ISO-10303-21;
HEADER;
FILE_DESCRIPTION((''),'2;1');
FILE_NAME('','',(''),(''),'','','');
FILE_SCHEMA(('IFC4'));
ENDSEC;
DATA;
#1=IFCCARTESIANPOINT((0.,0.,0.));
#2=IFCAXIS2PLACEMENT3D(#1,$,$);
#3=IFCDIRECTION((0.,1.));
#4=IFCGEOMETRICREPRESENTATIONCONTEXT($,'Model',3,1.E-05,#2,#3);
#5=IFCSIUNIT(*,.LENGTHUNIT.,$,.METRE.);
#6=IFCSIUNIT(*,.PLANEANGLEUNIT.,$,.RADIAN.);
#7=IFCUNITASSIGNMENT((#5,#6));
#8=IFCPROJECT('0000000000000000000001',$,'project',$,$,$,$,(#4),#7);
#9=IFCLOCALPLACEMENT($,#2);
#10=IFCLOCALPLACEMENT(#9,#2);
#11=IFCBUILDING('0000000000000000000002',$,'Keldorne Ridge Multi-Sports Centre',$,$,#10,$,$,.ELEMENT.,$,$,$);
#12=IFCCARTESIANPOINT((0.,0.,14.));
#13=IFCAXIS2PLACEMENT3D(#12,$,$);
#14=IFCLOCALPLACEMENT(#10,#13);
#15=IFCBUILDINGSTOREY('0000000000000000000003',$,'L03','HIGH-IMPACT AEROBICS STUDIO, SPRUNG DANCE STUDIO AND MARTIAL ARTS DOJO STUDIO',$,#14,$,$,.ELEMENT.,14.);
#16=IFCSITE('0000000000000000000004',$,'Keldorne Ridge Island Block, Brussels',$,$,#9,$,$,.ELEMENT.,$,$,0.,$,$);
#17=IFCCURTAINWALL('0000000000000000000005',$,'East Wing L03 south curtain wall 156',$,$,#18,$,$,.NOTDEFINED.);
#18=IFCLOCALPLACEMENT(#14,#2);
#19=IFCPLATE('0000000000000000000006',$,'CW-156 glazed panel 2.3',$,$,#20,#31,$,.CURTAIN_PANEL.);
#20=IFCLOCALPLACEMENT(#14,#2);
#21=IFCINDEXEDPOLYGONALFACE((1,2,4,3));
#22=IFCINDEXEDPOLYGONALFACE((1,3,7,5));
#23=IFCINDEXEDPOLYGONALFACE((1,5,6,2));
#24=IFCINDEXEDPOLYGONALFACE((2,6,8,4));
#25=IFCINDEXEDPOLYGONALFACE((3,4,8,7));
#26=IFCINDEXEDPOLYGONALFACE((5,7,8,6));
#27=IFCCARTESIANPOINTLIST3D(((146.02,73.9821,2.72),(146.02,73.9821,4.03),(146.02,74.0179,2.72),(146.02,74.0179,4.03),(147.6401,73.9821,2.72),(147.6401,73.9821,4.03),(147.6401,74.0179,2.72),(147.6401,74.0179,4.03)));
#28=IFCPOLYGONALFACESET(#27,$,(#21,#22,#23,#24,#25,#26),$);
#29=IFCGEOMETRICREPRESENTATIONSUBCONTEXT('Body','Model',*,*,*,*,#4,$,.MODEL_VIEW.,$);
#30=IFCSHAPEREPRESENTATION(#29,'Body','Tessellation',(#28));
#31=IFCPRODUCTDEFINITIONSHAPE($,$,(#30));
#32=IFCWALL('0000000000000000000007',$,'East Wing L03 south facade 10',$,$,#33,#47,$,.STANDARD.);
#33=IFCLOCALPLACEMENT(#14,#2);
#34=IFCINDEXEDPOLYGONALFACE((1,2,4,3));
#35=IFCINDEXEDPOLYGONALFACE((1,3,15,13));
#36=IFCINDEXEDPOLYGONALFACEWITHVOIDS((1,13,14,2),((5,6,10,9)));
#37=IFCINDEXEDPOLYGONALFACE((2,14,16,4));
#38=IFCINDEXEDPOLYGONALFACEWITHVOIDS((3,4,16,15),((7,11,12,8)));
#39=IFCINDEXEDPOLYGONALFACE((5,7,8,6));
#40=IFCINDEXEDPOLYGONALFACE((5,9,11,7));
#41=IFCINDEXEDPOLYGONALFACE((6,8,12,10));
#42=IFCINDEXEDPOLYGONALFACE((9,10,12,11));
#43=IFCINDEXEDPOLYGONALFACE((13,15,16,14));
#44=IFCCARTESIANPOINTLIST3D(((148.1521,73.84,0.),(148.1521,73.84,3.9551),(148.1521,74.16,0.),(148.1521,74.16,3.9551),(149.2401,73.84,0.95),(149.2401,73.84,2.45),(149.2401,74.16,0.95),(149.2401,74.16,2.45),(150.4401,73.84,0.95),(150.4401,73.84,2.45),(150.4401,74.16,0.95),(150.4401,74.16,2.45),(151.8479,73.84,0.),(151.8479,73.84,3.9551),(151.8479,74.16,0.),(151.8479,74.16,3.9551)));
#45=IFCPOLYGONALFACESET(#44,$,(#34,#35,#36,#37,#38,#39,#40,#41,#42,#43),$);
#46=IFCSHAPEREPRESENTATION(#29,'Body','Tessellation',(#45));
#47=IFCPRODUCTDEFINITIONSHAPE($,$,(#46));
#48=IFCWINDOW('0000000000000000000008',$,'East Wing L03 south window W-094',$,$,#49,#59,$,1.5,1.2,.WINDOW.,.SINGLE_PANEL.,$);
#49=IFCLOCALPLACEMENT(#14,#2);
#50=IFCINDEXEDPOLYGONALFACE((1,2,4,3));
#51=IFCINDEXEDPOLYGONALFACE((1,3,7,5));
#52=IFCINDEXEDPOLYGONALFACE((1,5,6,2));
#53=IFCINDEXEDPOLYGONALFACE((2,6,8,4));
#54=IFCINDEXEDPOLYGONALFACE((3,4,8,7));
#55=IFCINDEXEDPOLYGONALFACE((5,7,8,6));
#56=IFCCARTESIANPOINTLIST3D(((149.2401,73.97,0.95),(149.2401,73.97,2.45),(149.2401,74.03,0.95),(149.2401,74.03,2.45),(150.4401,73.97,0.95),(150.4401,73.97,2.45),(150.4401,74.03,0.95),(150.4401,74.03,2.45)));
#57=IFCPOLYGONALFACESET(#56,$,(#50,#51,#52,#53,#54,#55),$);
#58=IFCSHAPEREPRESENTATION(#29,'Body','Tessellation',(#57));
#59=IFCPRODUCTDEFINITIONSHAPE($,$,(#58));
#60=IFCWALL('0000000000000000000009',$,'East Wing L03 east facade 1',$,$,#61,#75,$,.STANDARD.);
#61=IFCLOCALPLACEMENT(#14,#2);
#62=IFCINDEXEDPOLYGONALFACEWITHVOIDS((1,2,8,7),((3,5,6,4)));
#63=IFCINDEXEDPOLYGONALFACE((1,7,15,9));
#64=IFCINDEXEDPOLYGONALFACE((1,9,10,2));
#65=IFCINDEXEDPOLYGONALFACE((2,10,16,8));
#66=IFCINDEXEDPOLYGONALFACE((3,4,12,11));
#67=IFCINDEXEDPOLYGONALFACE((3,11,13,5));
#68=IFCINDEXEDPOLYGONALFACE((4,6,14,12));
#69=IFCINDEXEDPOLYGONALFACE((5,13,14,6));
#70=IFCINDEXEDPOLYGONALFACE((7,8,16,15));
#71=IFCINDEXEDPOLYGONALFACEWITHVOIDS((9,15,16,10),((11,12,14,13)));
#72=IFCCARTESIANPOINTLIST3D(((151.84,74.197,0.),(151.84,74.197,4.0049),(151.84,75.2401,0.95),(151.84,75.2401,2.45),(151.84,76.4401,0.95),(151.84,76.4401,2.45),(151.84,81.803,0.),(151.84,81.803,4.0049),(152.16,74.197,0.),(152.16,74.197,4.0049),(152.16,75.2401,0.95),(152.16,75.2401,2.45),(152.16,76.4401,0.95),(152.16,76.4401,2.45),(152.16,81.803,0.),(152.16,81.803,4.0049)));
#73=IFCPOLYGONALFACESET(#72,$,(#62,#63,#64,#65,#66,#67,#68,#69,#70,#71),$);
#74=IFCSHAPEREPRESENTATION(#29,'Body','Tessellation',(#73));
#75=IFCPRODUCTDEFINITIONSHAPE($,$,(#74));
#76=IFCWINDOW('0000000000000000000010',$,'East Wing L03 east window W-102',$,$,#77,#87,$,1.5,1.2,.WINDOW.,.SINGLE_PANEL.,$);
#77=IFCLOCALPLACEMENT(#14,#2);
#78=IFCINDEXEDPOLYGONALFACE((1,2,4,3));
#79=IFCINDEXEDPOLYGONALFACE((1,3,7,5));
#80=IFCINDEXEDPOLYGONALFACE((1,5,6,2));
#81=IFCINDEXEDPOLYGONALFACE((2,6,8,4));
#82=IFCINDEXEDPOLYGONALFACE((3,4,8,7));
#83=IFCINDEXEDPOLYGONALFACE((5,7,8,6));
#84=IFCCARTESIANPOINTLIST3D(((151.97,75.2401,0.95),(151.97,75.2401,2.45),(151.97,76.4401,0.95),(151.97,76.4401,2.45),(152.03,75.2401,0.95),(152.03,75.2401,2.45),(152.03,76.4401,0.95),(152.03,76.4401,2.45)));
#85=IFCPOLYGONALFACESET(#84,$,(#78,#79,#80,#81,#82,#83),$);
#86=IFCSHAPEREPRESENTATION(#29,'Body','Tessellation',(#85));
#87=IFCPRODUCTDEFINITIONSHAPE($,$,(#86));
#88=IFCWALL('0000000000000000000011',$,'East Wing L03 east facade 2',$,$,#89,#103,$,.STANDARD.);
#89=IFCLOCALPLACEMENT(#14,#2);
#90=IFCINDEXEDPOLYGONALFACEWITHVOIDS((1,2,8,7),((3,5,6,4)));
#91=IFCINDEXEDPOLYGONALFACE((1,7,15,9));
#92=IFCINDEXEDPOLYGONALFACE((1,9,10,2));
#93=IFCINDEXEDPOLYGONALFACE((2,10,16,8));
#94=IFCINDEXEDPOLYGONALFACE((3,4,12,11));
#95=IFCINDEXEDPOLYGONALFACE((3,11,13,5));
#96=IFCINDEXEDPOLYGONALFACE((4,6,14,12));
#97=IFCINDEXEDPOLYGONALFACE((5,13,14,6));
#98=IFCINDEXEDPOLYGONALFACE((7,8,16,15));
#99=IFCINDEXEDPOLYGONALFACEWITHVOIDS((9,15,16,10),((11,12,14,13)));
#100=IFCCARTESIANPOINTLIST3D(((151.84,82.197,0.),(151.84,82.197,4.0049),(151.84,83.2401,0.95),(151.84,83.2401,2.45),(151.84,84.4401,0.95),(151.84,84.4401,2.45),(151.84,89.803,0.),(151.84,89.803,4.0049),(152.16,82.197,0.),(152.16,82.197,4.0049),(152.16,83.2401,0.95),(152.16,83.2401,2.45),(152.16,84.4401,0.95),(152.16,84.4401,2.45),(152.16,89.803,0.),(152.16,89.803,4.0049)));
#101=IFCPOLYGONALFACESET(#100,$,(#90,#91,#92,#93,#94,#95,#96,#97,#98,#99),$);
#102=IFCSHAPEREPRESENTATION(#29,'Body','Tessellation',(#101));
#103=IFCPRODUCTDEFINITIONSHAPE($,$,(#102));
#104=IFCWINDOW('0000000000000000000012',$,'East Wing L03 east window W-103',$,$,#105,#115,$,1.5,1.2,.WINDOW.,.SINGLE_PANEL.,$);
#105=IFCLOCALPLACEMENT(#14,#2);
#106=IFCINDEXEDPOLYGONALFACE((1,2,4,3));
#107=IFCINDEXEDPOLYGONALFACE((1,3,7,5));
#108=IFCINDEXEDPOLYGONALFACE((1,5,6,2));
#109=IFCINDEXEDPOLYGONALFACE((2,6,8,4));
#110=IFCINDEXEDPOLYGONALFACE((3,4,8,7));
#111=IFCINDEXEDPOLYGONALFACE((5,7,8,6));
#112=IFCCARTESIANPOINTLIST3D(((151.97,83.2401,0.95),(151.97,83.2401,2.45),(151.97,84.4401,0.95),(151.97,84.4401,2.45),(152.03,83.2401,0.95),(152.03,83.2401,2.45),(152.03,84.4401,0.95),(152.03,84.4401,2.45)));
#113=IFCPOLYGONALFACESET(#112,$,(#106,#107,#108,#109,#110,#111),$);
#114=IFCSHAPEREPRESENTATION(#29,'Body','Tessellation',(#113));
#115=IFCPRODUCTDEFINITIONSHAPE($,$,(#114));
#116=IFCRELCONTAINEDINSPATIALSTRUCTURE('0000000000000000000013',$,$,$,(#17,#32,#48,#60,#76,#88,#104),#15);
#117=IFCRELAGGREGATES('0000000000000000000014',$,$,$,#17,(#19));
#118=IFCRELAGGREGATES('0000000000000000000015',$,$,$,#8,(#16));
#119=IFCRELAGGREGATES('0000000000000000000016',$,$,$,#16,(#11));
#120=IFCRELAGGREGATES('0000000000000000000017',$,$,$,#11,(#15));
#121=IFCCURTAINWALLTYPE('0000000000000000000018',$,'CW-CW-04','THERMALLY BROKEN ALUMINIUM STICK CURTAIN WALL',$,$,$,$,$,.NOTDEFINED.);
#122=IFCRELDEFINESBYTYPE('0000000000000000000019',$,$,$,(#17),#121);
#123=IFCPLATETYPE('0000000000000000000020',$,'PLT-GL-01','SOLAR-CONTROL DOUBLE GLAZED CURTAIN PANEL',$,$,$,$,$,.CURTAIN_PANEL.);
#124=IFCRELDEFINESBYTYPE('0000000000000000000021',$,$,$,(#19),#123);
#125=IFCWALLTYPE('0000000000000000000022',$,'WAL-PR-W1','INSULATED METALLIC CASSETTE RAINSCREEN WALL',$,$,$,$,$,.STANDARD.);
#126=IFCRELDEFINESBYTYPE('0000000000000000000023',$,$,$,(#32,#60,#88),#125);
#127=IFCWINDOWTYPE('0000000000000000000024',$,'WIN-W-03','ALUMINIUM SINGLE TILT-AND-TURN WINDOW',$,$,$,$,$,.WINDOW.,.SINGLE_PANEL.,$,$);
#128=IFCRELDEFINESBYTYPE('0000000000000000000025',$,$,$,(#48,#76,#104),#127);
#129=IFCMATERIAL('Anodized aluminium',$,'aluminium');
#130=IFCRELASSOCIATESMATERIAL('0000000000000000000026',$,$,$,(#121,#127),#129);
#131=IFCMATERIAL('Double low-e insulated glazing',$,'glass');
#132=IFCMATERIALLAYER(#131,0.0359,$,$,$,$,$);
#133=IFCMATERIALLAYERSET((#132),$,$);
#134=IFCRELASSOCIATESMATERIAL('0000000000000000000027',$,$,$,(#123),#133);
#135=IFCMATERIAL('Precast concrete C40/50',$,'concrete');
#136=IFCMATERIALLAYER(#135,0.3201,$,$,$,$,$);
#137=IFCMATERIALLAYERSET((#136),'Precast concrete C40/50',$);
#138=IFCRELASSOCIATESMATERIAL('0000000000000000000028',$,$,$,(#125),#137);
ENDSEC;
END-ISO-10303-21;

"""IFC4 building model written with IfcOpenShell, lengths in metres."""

from ifc_helpers import new_model, si_unit, direction, frame, frame_2d, origin, origin_2d, place, context, subcontext, project, spatial, rectangle, extrude, material, layer, layer_set, type_object, element, fill, aggregate, save


model = new_model("IFC4")

# Units and contexts
model_context = context("Model", 3, precision=1e-05, world=origin(), true_north=direction((0.0, 1.0)))
body_context = subcontext(model_context, "Body", "Model", "MODEL_VIEW")
ifc_project = project(units=[si_unit("LENGTHUNIT", "METRE"), si_unit("PLANEANGLEUNIT", "RADIAN")], contexts=[model_context])

# Site, building, storey
site_placement = place(None, origin())
site = spatial("IfcSite", under=ifc_project, at=site_placement, Name="Keldorne Ridge Island Block, Brussels", CompositionType="ELEMENT", RefElevation=0.0)
building_placement = place(site_placement, origin())
building = spatial("IfcBuilding", under=site, at=building_placement, Name="Keldorne Ridge Multi-Sports Centre", CompositionType="ELEMENT")
storey_placement = place(building_placement, frame((0.0, 0.0, 14.0)))
storey = spatial("IfcBuildingStorey", under=building, at=storey_placement, Name="L03", Description="HIGH-IMPACT AEROBICS STUDIO, SPRUNG DANCE STUDIO AND MARTIAL ARTS DOJO STUDIO", CompositionType="ELEMENT", Elevation=14.0)

# Curtain wall, plate
ifc_material_1 = material(Name="Anodized aluminium", Category="aluminium")
curtain_wall_type = type_object("IfcCurtainWallType", Name="CW-CW-04", Description="THERMALLY BROKEN ALUMINIUM STICK CURTAIN WALL", PredefinedType="NOTDEFINED", material=ifc_material_1)
curtain_wall_placement = place(storey_placement, origin())
curtain_wall = element("IfcCurtainWall", 1, at=curtain_wall_placement, inside=storey, type_object=curtain_wall_type, Name="East Wing L03 south curtain wall 156", PredefinedType="NOTDEFINED")
ifc_material_2 = material(Name="Double low-e insulated glazing", Category="glass")
ifc_layer_1 = layer(ifc_material_2, 0.0359)
ifc_layer_set_1 = layer_set([ifc_layer_1])
plate_type = type_object("IfcPlateType", Name="PLT-GL-01", Description="SOLAR-CONTROL DOUBLE GLAZED CURTAIN PANEL", PredefinedType="CURTAIN_PANEL", material=ifc_layer_set_1)
plate_1_placement = place(storey_placement, frame((146.8301, 74.0, 2.72), z_axis=(0.0, 0.0, 1.0), x_axis=(1.0, 0.0, 0.0)))
plate_1 = element("IfcPlate", 2, at=plate_1_placement, type_object=plate_type, Name="CW-156 glazed panel 2.3", PredefinedType="CURTAIN_PANEL", context=body_context, shape_type="SweptSolid", body=[
    extrude(rectangle(XDim=1.6201, YDim=0.0359, at=origin_2d()), origin(), (0.0, 0.0, 1.0), 1.3101),
])
aggregate(curtain_wall, [plate_1])

# Walls, openings, windows
ifc_material_3 = material(Name="Precast concrete C40/50", Category="concrete")
ifc_layer_2 = layer(ifc_material_3, 0.3201)
ifc_layer_set_2 = layer_set([ifc_layer_2], Name="Precast concrete C40/50")
wall_type = type_object("IfcWallType", Name="WAL-PR-W1", Description="INSULATED METALLIC CASSETTE RAINSCREEN WALL", PredefinedType="STANDARD", material=ifc_layer_set_2)
wall_1_placement = place(storey_placement, frame((148.1521, 74.0, 0.0), z_axis=(0.0, 0.0, 1.0), x_axis=(1.0, 0.0, 0.0)))
wall_1 = element("IfcWall", 3, at=wall_1_placement, inside=storey, type_object=wall_type, Name="East Wing L03 south facade 10", PredefinedType="STANDARD", context=body_context, shape_type="SweptSolid", body=[
    extrude(rectangle(XDim=3.6958, YDim=0.3201, at=frame_2d((1.8479, 0.0))), origin(), (0.0, 0.0, 1.0), 3.9551),
])
opening_1_placement = place(wall_1_placement, frame((1.0879, 0.0, 0.95)))
opening_1 = element("IfcOpeningElement", 4, at=opening_1_placement, cuts=wall_1, PredefinedType="OPENING", context=body_context, shape_type="SweptSolid", body=[
    extrude(rectangle(XDim=1.2, YDim=1.5, at=frame_2d((0.6001, 0.75))), frame((0.0, 0.1699, 0.0), z_axis=(0.0, -1.0, 0.0), x_axis=(1.0, 0.0, 0.0)), (0.0, 0.0, 1.0), 0.3401),
])
window_type = type_object("IfcWindowType", Name="WIN-W-03", Description="ALUMINIUM SINGLE TILT-AND-TURN WINDOW", PartitioningType="SINGLE_PANEL", PredefinedType="WINDOW", material=ifc_material_1)
window_1_placement = place(opening_1_placement, origin())
window_1 = element("IfcWindow", 5, at=window_1_placement, inside=storey, type_object=window_type, Name="East Wing L03 south window W-094", OverallHeight=1.5, OverallWidth=1.2, PartitioningType="SINGLE_PANEL", PredefinedType="WINDOW", context=body_context, shape_type="SweptSolid", body=[
    extrude(rectangle(XDim=1.2, YDim=1.5, at=frame_2d((0.6001, 0.75))), frame((0.0, 0.03, 0.0), z_axis=(0.0, -1.0, 0.0), x_axis=(1.0, 0.0, 0.0)), (0.0, 0.0, 1.0), 0.0601),
])
fill(opening_1, window_1)
wall_2_placement = place(storey_placement, frame((152.0, 74.197, 0.0), z_axis=(0.0, 0.0, 1.0), x_axis=(0.0, 1.0, 0.0)))
wall_2 = element("IfcWall", 6, at=wall_2_placement, inside=storey, type_object=wall_type, Name="East Wing L03 east facade 1", PredefinedType="STANDARD", context=body_context, shape_type="SweptSolid", body=[
    extrude(rectangle(XDim=7.606, YDim=0.3201, at=frame_2d((3.803, 0.0))), origin(), (0.0, 0.0, 1.0), 4.0049),
])
opening_2_placement = place(wall_2_placement, frame((1.043, 0.0, 0.95)))
opening_2 = element("IfcOpeningElement", 7, at=opening_2_placement, cuts=wall_2, PredefinedType="OPENING", context=body_context, shape_type="SweptSolid", body=[
    extrude(rectangle(XDim=1.2, YDim=1.5, at=frame_2d((0.6001, 0.75))), frame((0.0, 0.1699, 0.0), z_axis=(0.0, -1.0, 0.0), x_axis=(1.0, 0.0, 0.0)), (0.0, 0.0, 1.0), 0.3401),
])
window_2_placement = place(opening_2_placement, origin())
window_2 = element("IfcWindow", 8, at=window_2_placement, inside=storey, type_object=window_type, Name="East Wing L03 east window W-102", OverallHeight=1.5, OverallWidth=1.2, PartitioningType="SINGLE_PANEL", PredefinedType="WINDOW", context=body_context, shape_type="SweptSolid", body=[
    extrude(rectangle(XDim=1.2, YDim=1.5, at=frame_2d((0.6001, 0.75))), frame((0.0, 0.03, 0.0), z_axis=(0.0, -1.0, 0.0), x_axis=(1.0, 0.0, 0.0)), (0.0, 0.0, 1.0), 0.0601),
])
fill(opening_2, window_2)
wall_3_placement = place(storey_placement, frame((152.0, 82.197, 0.0), z_axis=(0.0, 0.0, 1.0), x_axis=(0.0, 1.0, 0.0)))
wall_3 = element("IfcWall", 9, at=wall_3_placement, inside=storey, type_object=wall_type, Name="East Wing L03 east facade 2", PredefinedType="STANDARD", context=body_context, shape_type="SweptSolid", body=[
    extrude(rectangle(XDim=7.606, YDim=0.3201, at=frame_2d((3.803, 0.0))), origin(), (0.0, 0.0, 1.0), 4.0049),
])
opening_3_placement = place(wall_3_placement, frame((1.043, 0.0, 0.95)))
opening_3 = element("IfcOpeningElement", 10, at=opening_3_placement, cuts=wall_3, PredefinedType="OPENING", context=body_context, shape_type="SweptSolid", body=[
    extrude(rectangle(XDim=1.2, YDim=1.5, at=frame_2d((0.6001, 0.75))), frame((0.0, 0.1699, 0.0), z_axis=(0.0, -1.0, 0.0), x_axis=(1.0, 0.0, 0.0)), (0.0, 0.0, 1.0), 0.3401),
])
window_3_placement = place(opening_3_placement, origin())
window_3 = element("IfcWindow", 11, at=window_3_placement, inside=storey, type_object=window_type, Name="East Wing L03 east window W-103", OverallHeight=1.5, OverallWidth=1.2, PartitioningType="SINGLE_PANEL", PredefinedType="WINDOW", context=body_context, shape_type="SweptSolid", body=[
    extrude(rectangle(XDim=1.2, YDim=1.5, at=frame_2d((0.6001, 0.75))), frame((0.0, 0.03, 0.0), z_axis=(0.0, -1.0, 0.0), x_axis=(1.0, 0.0, 0.0)), (0.0, 0.0, 1.0), 0.0601),
])
fill(opening_3, window_3)

save(model, "model.ifc")
